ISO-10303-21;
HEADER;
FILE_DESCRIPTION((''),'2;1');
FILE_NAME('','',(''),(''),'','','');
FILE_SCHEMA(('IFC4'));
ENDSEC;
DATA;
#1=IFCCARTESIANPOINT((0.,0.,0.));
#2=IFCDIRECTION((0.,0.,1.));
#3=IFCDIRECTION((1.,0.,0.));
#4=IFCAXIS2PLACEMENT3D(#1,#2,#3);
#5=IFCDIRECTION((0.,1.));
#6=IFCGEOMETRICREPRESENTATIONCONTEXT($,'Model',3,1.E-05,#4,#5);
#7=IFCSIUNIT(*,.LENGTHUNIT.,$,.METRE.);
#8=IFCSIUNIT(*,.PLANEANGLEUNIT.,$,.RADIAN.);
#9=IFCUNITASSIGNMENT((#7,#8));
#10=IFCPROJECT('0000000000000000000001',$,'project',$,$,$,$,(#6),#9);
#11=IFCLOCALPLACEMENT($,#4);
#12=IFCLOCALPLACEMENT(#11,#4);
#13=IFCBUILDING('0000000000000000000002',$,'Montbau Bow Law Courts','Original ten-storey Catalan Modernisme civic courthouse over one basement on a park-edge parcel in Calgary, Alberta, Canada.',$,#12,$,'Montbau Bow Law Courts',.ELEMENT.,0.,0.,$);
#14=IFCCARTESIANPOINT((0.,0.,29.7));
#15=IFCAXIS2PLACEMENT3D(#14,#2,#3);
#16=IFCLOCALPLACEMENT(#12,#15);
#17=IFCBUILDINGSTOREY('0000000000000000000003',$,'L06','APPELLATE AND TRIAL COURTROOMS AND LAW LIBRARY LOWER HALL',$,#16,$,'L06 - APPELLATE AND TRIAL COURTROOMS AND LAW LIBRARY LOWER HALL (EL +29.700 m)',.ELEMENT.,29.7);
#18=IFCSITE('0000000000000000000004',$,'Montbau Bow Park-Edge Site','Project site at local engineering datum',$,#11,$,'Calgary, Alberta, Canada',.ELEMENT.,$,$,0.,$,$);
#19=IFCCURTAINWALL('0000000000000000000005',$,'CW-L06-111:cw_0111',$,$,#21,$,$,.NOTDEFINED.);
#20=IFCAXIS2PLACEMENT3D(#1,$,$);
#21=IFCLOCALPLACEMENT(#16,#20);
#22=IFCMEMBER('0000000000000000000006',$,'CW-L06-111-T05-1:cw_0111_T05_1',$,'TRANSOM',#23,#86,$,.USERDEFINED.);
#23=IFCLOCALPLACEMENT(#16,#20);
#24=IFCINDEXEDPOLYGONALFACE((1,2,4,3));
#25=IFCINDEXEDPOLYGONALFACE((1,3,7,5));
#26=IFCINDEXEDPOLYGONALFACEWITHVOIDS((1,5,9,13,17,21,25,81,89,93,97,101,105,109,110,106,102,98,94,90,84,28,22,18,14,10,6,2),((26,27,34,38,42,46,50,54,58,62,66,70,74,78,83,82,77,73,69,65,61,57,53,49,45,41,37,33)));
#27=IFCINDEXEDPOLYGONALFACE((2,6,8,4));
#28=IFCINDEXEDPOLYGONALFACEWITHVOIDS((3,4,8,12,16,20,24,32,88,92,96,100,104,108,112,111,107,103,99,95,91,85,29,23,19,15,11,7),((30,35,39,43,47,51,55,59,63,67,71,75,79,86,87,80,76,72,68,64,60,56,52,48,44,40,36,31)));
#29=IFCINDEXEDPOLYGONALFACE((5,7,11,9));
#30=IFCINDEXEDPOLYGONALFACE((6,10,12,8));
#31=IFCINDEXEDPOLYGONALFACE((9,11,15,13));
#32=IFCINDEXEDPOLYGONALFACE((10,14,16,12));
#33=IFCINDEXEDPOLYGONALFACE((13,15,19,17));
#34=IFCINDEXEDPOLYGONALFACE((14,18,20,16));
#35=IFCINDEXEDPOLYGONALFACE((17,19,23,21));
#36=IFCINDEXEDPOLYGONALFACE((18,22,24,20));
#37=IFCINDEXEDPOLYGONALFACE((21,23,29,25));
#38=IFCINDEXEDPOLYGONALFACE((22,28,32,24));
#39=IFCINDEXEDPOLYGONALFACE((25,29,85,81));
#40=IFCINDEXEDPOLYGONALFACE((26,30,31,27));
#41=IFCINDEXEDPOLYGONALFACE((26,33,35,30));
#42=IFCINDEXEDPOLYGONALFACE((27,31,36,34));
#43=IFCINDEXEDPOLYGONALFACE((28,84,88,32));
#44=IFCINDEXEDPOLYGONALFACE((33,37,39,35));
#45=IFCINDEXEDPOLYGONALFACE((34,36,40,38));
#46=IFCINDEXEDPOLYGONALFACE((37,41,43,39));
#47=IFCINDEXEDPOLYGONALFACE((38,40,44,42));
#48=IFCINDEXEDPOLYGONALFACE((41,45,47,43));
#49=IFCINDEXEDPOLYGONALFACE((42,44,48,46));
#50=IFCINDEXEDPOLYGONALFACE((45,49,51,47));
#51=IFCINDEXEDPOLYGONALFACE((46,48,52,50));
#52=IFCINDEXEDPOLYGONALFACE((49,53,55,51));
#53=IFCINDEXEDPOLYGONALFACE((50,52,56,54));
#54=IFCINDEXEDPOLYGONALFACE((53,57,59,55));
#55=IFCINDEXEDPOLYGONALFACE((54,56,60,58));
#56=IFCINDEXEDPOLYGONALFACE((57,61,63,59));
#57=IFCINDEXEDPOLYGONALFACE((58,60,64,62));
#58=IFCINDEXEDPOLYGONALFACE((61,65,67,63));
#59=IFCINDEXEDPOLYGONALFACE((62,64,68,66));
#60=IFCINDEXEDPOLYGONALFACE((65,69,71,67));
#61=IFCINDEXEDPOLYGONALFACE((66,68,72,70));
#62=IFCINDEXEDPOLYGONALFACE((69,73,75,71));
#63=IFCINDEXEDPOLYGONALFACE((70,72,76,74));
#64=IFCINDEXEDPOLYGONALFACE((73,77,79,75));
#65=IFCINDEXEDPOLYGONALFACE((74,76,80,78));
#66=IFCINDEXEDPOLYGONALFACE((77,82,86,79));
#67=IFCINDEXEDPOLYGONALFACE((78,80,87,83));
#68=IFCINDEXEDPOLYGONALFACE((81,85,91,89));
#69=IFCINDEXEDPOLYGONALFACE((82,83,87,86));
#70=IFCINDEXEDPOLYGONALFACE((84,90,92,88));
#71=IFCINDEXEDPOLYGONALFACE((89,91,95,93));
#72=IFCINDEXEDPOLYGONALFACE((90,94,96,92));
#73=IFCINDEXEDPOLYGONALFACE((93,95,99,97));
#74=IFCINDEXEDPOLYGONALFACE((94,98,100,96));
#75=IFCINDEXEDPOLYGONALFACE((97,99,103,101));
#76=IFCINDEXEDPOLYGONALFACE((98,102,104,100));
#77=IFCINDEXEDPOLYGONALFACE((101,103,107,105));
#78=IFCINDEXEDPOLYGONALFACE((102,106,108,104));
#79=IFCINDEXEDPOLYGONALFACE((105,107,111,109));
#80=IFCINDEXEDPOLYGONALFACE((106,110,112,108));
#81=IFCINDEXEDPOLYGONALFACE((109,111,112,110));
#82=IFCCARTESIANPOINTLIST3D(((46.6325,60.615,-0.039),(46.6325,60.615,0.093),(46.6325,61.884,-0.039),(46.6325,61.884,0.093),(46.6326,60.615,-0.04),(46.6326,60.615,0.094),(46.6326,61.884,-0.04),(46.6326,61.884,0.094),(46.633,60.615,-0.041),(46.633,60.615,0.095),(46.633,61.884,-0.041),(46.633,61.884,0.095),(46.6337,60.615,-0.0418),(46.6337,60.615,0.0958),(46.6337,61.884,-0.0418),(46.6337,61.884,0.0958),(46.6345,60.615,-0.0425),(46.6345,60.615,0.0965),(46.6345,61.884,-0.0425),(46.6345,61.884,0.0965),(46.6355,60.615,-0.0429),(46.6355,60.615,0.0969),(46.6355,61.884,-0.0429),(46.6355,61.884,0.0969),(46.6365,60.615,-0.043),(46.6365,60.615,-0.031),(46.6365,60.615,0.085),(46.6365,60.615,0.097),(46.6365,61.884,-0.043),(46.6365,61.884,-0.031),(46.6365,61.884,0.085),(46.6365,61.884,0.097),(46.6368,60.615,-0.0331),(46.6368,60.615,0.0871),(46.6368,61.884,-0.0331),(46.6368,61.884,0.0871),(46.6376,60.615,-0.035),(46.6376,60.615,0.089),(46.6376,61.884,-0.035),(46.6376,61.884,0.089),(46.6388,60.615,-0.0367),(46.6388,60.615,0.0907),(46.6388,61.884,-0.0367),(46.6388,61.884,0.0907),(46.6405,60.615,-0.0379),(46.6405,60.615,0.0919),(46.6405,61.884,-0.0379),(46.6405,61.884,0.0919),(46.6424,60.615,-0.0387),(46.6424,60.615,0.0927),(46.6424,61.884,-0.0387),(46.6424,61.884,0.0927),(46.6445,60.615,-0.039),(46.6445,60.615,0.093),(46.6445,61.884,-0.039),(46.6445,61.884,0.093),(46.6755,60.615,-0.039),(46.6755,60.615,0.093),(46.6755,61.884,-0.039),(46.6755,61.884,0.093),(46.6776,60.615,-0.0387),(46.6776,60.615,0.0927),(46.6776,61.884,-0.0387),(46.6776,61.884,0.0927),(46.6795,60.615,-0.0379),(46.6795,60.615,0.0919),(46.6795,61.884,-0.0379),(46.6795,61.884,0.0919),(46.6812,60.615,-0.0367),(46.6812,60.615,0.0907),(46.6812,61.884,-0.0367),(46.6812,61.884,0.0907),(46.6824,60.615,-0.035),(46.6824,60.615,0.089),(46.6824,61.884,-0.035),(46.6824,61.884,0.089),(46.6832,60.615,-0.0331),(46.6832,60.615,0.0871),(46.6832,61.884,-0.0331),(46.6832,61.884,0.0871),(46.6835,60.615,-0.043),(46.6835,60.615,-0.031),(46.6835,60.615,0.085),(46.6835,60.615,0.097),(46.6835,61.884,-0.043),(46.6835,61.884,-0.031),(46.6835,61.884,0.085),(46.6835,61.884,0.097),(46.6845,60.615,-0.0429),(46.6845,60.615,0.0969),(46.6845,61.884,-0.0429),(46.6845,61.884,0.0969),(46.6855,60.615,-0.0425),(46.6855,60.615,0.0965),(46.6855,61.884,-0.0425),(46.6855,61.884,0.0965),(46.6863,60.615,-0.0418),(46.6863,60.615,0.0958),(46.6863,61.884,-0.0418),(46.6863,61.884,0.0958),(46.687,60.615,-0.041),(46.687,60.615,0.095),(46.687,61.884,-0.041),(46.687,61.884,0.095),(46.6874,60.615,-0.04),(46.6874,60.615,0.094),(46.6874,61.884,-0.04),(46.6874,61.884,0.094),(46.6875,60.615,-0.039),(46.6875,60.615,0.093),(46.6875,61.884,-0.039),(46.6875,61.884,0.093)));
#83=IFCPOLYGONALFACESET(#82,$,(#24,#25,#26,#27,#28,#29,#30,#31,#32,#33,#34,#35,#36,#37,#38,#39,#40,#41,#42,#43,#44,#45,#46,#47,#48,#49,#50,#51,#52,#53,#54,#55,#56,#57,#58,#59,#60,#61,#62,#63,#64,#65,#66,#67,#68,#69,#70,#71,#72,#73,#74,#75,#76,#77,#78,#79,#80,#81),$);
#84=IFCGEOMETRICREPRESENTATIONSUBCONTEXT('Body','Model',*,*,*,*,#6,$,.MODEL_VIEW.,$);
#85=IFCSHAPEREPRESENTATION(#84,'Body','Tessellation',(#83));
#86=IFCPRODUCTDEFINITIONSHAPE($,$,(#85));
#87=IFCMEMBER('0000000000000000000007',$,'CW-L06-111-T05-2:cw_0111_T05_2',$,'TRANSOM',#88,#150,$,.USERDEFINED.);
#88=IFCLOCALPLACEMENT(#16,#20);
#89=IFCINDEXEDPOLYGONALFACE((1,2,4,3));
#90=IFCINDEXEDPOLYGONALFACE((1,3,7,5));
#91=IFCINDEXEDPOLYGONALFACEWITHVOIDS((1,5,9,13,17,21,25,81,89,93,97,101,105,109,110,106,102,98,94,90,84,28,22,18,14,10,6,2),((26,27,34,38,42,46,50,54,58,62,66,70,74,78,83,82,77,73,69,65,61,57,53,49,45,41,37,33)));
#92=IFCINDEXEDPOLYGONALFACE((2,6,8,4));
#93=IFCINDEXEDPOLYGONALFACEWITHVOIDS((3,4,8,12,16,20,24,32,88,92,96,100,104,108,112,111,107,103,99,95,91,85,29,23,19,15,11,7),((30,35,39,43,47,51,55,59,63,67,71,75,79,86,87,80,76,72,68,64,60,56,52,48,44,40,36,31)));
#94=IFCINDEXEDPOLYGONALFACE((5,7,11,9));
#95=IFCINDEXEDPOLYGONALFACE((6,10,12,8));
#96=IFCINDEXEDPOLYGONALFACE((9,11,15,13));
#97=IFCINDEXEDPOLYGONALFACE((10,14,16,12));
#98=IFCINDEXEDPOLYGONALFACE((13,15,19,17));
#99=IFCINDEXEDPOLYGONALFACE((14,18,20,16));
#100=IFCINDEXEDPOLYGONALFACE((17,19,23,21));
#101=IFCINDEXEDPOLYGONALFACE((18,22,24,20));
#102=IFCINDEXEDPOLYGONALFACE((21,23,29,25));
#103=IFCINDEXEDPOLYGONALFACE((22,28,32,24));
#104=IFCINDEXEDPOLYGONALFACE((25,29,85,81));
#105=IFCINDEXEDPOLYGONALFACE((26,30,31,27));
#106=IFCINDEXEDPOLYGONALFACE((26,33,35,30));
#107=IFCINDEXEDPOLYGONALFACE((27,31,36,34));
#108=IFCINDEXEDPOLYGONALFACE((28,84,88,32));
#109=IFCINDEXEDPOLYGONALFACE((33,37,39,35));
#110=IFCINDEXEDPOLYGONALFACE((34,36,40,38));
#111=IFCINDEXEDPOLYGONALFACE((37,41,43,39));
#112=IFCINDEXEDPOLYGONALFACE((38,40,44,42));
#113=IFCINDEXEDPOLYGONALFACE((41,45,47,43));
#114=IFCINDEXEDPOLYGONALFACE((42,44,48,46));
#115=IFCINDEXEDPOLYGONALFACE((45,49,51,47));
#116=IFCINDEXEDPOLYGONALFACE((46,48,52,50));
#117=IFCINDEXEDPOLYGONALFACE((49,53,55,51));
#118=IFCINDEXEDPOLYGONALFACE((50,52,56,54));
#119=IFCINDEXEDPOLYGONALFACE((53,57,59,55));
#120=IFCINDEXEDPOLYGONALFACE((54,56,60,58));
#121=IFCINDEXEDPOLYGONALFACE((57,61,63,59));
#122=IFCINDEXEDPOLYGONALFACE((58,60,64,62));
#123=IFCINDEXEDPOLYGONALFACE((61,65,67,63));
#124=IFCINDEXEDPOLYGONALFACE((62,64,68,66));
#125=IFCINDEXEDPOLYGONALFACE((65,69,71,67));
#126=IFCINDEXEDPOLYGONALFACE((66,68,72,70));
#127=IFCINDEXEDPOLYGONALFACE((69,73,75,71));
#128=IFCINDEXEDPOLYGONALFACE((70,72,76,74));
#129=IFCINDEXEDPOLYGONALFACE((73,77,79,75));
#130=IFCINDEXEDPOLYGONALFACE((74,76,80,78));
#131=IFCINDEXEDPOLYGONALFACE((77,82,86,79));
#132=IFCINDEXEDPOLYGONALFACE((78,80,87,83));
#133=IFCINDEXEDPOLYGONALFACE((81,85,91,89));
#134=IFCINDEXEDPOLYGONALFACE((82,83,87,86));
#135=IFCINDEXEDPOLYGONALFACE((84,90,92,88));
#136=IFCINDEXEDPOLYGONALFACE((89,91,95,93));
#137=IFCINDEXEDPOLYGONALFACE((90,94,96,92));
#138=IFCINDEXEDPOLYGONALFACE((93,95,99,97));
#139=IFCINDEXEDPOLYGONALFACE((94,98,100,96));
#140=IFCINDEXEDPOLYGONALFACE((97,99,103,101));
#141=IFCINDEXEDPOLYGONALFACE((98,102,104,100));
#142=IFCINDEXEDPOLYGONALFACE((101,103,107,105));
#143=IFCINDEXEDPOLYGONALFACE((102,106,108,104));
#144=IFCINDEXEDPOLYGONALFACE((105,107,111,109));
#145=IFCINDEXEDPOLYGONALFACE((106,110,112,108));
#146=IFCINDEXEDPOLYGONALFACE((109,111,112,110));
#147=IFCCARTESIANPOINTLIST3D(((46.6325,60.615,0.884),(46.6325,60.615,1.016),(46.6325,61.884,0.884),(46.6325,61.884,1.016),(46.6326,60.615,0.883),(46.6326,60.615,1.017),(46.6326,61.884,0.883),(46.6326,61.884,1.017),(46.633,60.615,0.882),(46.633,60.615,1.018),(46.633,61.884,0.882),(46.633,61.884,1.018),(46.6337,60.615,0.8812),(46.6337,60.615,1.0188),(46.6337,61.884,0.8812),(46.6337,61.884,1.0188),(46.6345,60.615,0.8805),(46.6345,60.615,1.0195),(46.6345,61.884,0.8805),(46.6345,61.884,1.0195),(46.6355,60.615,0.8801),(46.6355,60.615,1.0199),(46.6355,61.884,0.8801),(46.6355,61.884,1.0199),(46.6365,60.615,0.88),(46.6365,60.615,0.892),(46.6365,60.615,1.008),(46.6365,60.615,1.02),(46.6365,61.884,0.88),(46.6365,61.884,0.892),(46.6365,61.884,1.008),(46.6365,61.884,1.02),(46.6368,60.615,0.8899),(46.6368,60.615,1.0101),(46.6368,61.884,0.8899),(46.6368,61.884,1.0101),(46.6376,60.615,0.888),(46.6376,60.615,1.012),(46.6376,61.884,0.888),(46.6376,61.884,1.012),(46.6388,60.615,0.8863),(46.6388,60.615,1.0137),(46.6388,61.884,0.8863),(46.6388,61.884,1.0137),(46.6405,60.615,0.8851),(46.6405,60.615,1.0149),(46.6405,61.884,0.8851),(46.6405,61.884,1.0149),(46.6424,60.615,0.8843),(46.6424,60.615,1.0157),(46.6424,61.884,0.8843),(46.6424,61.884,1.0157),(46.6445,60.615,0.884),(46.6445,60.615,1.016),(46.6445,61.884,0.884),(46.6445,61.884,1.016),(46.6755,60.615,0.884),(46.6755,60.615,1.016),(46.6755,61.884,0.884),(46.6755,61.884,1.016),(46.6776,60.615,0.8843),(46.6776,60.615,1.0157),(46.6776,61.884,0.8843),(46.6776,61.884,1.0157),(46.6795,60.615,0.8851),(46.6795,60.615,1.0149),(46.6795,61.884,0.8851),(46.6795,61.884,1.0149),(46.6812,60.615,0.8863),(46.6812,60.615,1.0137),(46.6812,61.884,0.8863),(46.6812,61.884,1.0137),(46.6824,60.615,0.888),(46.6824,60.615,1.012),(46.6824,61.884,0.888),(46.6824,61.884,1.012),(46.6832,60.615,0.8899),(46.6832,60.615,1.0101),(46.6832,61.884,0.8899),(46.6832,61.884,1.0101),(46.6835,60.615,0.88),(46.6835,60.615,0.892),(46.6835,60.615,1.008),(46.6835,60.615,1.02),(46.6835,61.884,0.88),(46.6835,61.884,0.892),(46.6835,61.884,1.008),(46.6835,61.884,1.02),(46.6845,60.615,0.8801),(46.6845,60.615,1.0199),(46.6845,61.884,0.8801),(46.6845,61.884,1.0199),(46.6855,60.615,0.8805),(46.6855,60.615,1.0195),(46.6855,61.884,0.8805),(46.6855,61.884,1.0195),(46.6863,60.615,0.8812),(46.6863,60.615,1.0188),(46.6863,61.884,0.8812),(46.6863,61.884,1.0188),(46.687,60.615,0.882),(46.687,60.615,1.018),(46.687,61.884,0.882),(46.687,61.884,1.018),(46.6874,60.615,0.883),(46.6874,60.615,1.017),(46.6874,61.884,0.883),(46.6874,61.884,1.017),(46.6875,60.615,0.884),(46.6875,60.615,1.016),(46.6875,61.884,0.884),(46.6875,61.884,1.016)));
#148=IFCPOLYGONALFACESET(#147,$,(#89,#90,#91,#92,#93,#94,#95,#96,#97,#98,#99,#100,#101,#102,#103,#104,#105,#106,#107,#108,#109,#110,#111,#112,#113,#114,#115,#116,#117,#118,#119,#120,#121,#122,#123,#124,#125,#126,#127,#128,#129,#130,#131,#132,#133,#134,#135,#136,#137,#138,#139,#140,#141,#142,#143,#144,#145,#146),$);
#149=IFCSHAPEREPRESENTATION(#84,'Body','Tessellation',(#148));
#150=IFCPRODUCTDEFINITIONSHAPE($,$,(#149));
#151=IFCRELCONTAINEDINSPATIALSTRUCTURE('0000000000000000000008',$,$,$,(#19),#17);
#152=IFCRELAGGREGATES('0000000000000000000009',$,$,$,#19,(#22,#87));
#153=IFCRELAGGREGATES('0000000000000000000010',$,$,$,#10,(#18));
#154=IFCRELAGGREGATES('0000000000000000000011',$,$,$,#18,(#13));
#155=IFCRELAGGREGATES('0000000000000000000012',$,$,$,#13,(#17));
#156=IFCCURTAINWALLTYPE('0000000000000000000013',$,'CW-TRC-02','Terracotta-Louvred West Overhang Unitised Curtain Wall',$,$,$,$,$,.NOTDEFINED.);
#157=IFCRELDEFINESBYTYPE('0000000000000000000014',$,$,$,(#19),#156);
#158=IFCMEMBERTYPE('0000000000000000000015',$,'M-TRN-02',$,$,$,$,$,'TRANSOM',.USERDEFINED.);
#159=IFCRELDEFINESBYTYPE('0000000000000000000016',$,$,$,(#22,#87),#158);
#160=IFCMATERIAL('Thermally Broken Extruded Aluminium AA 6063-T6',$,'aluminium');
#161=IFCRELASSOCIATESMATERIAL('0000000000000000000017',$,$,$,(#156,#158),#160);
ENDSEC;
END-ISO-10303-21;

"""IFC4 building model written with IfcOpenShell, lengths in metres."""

from ifc_helpers import new_model, si_unit, direction, frame, origin_with_axes, origin_2d_with_axis, place, context, subcontext, project, spatial, hollow_rectangle, extrude, material, material_profile, profile_set, type_object, element, aggregate, save


model = new_model("IFC4")

# Units and contexts
model_context = context("Model", 3, precision=1e-05, world=origin_with_axes(), true_north=direction((0.0, 1.0)))
body_context = subcontext(model_context, "Body", "Model", "MODEL_VIEW")
ifc_project = project(units=[si_unit("LENGTHUNIT", "METRE"), si_unit("PLANEANGLEUNIT", "RADIAN")], contexts=[model_context])

# Site, building, storey
site_placement = place(None, origin_with_axes())
site = spatial("IfcSite", under=ifc_project, at=site_placement, Name="Montbau Bow Park-Edge Site", Description="Project site at local engineering datum", LongName="Calgary, Alberta, Canada", CompositionType="ELEMENT", RefElevation=0.0)
building_placement = place(site_placement, origin_with_axes())
building = spatial("IfcBuilding", under=site, at=building_placement, Name="Montbau Bow Law Courts", Description="Original ten-storey Catalan Modernisme civic courthouse over one basement on a park-edge parcel in Calgary, Alberta, Canada.", LongName="Montbau Bow Law Courts", CompositionType="ELEMENT", ElevationOfRefHeight=0.0, ElevationOfTerrain=0.0)
storey_placement = place(building_placement, frame((0.0, 0.0, 29.7), z_axis=(0.0, 0.0, 1.0), x_axis=(1.0, 0.0, 0.0)))
storey = spatial("IfcBuildingStorey", under=building, at=storey_placement, Name="L06", Description="APPELLATE AND TRIAL COURTROOMS AND LAW LIBRARY LOWER HALL", LongName="L06 - APPELLATE AND TRIAL COURTROOMS AND LAW LIBRARY LOWER HALL (EL +29.700 m)", CompositionType="ELEMENT", Elevation=29.7)

# Curtain wall, members
ifc_material_1 = material(Name="Thermally Broken Extruded Aluminium AA 6063-T6", Category="aluminium")
curtain_wall_type = type_object("IfcCurtainWallType", Name="CW-TRC-02", Description="Terracotta-Louvred West Overhang Unitised Curtain Wall", PredefinedType="NOTDEFINED", material=ifc_material_1)
curtain_wall_placement = place(None, frame((46.66, 55.04, 29.7), z_axis=(0.0, 0.0, 1.0), x_axis=(1.0, 0.0, 0.0)))
curtain_wall = element("IfcCurtainWall", 1, at=curtain_wall_placement, inside=storey, type_object=curtain_wall_type, Name="CW-L06-111:cw_0111", PredefinedType="NOTDEFINED")
ifc_material_profile_1 = material_profile(ifc_material_1, hollow_rectangle(XDim=0.055, YDim=0.14, WallThickness=0.004, InnerFilletRadius=0.008, OuterFilletRadius=0.004, at=origin_2d_with_axis()), Name="CWT-140X55", Category="Main", Priority=0)
ifc_profile_set_1 = profile_set([ifc_material_profile_1], Name="Thermally Broken Extruded Aluminium AA 6063-T6")
member_type_1 = type_object("IfcMemberType", Name="M-TRN-02", ElementType="TRANSOM", PredefinedType="USERDEFINED", material=ifc_profile_set_1)
member_1_placement = place(None, frame((46.66, 60.615, 29.727), z_axis=(0.0, 1.0, 0.0), x_axis=(-1.0, 0.0, 0.0)))
member_1 = element("IfcMember", 2, at=member_1_placement, type_object=member_type_1, Name="CW-L06-111-T05-1:cw_0111_T05_1", ObjectType="TRANSOM", PredefinedType="USERDEFINED", context=body_context, shape_type="SweptSolid", body=[
    extrude(hollow_rectangle(XDim=0.055, YDim=0.14, WallThickness=0.004, InnerFilletRadius=0.008, OuterFilletRadius=0.004, at=origin_2d_with_axis()), origin_with_axes(), (0.0, 0.0, 1.0), 1.269),
])
member_2_placement = place(None, frame((46.66, 60.615, 30.65), z_axis=(0.0, 1.0, 0.0), x_axis=(-1.0, 0.0, 0.0)))
member_2 = element("IfcMember", 3, at=member_2_placement, type_object=member_type_1, Name="CW-L06-111-T05-2:cw_0111_T05_2", ObjectType="TRANSOM", PredefinedType="USERDEFINED", context=body_context, shape_type="SweptSolid", body=[
    extrude(hollow_rectangle(XDim=0.055, YDim=0.14, WallThickness=0.004, InnerFilletRadius=0.008, OuterFilletRadius=0.004, at=origin_2d_with_axis()), origin_with_axes(), (0.0, 0.0, 1.0), 1.269),
])
aggregate(curtain_wall, [member_1, member_2])

save(model, "model.ifc")
